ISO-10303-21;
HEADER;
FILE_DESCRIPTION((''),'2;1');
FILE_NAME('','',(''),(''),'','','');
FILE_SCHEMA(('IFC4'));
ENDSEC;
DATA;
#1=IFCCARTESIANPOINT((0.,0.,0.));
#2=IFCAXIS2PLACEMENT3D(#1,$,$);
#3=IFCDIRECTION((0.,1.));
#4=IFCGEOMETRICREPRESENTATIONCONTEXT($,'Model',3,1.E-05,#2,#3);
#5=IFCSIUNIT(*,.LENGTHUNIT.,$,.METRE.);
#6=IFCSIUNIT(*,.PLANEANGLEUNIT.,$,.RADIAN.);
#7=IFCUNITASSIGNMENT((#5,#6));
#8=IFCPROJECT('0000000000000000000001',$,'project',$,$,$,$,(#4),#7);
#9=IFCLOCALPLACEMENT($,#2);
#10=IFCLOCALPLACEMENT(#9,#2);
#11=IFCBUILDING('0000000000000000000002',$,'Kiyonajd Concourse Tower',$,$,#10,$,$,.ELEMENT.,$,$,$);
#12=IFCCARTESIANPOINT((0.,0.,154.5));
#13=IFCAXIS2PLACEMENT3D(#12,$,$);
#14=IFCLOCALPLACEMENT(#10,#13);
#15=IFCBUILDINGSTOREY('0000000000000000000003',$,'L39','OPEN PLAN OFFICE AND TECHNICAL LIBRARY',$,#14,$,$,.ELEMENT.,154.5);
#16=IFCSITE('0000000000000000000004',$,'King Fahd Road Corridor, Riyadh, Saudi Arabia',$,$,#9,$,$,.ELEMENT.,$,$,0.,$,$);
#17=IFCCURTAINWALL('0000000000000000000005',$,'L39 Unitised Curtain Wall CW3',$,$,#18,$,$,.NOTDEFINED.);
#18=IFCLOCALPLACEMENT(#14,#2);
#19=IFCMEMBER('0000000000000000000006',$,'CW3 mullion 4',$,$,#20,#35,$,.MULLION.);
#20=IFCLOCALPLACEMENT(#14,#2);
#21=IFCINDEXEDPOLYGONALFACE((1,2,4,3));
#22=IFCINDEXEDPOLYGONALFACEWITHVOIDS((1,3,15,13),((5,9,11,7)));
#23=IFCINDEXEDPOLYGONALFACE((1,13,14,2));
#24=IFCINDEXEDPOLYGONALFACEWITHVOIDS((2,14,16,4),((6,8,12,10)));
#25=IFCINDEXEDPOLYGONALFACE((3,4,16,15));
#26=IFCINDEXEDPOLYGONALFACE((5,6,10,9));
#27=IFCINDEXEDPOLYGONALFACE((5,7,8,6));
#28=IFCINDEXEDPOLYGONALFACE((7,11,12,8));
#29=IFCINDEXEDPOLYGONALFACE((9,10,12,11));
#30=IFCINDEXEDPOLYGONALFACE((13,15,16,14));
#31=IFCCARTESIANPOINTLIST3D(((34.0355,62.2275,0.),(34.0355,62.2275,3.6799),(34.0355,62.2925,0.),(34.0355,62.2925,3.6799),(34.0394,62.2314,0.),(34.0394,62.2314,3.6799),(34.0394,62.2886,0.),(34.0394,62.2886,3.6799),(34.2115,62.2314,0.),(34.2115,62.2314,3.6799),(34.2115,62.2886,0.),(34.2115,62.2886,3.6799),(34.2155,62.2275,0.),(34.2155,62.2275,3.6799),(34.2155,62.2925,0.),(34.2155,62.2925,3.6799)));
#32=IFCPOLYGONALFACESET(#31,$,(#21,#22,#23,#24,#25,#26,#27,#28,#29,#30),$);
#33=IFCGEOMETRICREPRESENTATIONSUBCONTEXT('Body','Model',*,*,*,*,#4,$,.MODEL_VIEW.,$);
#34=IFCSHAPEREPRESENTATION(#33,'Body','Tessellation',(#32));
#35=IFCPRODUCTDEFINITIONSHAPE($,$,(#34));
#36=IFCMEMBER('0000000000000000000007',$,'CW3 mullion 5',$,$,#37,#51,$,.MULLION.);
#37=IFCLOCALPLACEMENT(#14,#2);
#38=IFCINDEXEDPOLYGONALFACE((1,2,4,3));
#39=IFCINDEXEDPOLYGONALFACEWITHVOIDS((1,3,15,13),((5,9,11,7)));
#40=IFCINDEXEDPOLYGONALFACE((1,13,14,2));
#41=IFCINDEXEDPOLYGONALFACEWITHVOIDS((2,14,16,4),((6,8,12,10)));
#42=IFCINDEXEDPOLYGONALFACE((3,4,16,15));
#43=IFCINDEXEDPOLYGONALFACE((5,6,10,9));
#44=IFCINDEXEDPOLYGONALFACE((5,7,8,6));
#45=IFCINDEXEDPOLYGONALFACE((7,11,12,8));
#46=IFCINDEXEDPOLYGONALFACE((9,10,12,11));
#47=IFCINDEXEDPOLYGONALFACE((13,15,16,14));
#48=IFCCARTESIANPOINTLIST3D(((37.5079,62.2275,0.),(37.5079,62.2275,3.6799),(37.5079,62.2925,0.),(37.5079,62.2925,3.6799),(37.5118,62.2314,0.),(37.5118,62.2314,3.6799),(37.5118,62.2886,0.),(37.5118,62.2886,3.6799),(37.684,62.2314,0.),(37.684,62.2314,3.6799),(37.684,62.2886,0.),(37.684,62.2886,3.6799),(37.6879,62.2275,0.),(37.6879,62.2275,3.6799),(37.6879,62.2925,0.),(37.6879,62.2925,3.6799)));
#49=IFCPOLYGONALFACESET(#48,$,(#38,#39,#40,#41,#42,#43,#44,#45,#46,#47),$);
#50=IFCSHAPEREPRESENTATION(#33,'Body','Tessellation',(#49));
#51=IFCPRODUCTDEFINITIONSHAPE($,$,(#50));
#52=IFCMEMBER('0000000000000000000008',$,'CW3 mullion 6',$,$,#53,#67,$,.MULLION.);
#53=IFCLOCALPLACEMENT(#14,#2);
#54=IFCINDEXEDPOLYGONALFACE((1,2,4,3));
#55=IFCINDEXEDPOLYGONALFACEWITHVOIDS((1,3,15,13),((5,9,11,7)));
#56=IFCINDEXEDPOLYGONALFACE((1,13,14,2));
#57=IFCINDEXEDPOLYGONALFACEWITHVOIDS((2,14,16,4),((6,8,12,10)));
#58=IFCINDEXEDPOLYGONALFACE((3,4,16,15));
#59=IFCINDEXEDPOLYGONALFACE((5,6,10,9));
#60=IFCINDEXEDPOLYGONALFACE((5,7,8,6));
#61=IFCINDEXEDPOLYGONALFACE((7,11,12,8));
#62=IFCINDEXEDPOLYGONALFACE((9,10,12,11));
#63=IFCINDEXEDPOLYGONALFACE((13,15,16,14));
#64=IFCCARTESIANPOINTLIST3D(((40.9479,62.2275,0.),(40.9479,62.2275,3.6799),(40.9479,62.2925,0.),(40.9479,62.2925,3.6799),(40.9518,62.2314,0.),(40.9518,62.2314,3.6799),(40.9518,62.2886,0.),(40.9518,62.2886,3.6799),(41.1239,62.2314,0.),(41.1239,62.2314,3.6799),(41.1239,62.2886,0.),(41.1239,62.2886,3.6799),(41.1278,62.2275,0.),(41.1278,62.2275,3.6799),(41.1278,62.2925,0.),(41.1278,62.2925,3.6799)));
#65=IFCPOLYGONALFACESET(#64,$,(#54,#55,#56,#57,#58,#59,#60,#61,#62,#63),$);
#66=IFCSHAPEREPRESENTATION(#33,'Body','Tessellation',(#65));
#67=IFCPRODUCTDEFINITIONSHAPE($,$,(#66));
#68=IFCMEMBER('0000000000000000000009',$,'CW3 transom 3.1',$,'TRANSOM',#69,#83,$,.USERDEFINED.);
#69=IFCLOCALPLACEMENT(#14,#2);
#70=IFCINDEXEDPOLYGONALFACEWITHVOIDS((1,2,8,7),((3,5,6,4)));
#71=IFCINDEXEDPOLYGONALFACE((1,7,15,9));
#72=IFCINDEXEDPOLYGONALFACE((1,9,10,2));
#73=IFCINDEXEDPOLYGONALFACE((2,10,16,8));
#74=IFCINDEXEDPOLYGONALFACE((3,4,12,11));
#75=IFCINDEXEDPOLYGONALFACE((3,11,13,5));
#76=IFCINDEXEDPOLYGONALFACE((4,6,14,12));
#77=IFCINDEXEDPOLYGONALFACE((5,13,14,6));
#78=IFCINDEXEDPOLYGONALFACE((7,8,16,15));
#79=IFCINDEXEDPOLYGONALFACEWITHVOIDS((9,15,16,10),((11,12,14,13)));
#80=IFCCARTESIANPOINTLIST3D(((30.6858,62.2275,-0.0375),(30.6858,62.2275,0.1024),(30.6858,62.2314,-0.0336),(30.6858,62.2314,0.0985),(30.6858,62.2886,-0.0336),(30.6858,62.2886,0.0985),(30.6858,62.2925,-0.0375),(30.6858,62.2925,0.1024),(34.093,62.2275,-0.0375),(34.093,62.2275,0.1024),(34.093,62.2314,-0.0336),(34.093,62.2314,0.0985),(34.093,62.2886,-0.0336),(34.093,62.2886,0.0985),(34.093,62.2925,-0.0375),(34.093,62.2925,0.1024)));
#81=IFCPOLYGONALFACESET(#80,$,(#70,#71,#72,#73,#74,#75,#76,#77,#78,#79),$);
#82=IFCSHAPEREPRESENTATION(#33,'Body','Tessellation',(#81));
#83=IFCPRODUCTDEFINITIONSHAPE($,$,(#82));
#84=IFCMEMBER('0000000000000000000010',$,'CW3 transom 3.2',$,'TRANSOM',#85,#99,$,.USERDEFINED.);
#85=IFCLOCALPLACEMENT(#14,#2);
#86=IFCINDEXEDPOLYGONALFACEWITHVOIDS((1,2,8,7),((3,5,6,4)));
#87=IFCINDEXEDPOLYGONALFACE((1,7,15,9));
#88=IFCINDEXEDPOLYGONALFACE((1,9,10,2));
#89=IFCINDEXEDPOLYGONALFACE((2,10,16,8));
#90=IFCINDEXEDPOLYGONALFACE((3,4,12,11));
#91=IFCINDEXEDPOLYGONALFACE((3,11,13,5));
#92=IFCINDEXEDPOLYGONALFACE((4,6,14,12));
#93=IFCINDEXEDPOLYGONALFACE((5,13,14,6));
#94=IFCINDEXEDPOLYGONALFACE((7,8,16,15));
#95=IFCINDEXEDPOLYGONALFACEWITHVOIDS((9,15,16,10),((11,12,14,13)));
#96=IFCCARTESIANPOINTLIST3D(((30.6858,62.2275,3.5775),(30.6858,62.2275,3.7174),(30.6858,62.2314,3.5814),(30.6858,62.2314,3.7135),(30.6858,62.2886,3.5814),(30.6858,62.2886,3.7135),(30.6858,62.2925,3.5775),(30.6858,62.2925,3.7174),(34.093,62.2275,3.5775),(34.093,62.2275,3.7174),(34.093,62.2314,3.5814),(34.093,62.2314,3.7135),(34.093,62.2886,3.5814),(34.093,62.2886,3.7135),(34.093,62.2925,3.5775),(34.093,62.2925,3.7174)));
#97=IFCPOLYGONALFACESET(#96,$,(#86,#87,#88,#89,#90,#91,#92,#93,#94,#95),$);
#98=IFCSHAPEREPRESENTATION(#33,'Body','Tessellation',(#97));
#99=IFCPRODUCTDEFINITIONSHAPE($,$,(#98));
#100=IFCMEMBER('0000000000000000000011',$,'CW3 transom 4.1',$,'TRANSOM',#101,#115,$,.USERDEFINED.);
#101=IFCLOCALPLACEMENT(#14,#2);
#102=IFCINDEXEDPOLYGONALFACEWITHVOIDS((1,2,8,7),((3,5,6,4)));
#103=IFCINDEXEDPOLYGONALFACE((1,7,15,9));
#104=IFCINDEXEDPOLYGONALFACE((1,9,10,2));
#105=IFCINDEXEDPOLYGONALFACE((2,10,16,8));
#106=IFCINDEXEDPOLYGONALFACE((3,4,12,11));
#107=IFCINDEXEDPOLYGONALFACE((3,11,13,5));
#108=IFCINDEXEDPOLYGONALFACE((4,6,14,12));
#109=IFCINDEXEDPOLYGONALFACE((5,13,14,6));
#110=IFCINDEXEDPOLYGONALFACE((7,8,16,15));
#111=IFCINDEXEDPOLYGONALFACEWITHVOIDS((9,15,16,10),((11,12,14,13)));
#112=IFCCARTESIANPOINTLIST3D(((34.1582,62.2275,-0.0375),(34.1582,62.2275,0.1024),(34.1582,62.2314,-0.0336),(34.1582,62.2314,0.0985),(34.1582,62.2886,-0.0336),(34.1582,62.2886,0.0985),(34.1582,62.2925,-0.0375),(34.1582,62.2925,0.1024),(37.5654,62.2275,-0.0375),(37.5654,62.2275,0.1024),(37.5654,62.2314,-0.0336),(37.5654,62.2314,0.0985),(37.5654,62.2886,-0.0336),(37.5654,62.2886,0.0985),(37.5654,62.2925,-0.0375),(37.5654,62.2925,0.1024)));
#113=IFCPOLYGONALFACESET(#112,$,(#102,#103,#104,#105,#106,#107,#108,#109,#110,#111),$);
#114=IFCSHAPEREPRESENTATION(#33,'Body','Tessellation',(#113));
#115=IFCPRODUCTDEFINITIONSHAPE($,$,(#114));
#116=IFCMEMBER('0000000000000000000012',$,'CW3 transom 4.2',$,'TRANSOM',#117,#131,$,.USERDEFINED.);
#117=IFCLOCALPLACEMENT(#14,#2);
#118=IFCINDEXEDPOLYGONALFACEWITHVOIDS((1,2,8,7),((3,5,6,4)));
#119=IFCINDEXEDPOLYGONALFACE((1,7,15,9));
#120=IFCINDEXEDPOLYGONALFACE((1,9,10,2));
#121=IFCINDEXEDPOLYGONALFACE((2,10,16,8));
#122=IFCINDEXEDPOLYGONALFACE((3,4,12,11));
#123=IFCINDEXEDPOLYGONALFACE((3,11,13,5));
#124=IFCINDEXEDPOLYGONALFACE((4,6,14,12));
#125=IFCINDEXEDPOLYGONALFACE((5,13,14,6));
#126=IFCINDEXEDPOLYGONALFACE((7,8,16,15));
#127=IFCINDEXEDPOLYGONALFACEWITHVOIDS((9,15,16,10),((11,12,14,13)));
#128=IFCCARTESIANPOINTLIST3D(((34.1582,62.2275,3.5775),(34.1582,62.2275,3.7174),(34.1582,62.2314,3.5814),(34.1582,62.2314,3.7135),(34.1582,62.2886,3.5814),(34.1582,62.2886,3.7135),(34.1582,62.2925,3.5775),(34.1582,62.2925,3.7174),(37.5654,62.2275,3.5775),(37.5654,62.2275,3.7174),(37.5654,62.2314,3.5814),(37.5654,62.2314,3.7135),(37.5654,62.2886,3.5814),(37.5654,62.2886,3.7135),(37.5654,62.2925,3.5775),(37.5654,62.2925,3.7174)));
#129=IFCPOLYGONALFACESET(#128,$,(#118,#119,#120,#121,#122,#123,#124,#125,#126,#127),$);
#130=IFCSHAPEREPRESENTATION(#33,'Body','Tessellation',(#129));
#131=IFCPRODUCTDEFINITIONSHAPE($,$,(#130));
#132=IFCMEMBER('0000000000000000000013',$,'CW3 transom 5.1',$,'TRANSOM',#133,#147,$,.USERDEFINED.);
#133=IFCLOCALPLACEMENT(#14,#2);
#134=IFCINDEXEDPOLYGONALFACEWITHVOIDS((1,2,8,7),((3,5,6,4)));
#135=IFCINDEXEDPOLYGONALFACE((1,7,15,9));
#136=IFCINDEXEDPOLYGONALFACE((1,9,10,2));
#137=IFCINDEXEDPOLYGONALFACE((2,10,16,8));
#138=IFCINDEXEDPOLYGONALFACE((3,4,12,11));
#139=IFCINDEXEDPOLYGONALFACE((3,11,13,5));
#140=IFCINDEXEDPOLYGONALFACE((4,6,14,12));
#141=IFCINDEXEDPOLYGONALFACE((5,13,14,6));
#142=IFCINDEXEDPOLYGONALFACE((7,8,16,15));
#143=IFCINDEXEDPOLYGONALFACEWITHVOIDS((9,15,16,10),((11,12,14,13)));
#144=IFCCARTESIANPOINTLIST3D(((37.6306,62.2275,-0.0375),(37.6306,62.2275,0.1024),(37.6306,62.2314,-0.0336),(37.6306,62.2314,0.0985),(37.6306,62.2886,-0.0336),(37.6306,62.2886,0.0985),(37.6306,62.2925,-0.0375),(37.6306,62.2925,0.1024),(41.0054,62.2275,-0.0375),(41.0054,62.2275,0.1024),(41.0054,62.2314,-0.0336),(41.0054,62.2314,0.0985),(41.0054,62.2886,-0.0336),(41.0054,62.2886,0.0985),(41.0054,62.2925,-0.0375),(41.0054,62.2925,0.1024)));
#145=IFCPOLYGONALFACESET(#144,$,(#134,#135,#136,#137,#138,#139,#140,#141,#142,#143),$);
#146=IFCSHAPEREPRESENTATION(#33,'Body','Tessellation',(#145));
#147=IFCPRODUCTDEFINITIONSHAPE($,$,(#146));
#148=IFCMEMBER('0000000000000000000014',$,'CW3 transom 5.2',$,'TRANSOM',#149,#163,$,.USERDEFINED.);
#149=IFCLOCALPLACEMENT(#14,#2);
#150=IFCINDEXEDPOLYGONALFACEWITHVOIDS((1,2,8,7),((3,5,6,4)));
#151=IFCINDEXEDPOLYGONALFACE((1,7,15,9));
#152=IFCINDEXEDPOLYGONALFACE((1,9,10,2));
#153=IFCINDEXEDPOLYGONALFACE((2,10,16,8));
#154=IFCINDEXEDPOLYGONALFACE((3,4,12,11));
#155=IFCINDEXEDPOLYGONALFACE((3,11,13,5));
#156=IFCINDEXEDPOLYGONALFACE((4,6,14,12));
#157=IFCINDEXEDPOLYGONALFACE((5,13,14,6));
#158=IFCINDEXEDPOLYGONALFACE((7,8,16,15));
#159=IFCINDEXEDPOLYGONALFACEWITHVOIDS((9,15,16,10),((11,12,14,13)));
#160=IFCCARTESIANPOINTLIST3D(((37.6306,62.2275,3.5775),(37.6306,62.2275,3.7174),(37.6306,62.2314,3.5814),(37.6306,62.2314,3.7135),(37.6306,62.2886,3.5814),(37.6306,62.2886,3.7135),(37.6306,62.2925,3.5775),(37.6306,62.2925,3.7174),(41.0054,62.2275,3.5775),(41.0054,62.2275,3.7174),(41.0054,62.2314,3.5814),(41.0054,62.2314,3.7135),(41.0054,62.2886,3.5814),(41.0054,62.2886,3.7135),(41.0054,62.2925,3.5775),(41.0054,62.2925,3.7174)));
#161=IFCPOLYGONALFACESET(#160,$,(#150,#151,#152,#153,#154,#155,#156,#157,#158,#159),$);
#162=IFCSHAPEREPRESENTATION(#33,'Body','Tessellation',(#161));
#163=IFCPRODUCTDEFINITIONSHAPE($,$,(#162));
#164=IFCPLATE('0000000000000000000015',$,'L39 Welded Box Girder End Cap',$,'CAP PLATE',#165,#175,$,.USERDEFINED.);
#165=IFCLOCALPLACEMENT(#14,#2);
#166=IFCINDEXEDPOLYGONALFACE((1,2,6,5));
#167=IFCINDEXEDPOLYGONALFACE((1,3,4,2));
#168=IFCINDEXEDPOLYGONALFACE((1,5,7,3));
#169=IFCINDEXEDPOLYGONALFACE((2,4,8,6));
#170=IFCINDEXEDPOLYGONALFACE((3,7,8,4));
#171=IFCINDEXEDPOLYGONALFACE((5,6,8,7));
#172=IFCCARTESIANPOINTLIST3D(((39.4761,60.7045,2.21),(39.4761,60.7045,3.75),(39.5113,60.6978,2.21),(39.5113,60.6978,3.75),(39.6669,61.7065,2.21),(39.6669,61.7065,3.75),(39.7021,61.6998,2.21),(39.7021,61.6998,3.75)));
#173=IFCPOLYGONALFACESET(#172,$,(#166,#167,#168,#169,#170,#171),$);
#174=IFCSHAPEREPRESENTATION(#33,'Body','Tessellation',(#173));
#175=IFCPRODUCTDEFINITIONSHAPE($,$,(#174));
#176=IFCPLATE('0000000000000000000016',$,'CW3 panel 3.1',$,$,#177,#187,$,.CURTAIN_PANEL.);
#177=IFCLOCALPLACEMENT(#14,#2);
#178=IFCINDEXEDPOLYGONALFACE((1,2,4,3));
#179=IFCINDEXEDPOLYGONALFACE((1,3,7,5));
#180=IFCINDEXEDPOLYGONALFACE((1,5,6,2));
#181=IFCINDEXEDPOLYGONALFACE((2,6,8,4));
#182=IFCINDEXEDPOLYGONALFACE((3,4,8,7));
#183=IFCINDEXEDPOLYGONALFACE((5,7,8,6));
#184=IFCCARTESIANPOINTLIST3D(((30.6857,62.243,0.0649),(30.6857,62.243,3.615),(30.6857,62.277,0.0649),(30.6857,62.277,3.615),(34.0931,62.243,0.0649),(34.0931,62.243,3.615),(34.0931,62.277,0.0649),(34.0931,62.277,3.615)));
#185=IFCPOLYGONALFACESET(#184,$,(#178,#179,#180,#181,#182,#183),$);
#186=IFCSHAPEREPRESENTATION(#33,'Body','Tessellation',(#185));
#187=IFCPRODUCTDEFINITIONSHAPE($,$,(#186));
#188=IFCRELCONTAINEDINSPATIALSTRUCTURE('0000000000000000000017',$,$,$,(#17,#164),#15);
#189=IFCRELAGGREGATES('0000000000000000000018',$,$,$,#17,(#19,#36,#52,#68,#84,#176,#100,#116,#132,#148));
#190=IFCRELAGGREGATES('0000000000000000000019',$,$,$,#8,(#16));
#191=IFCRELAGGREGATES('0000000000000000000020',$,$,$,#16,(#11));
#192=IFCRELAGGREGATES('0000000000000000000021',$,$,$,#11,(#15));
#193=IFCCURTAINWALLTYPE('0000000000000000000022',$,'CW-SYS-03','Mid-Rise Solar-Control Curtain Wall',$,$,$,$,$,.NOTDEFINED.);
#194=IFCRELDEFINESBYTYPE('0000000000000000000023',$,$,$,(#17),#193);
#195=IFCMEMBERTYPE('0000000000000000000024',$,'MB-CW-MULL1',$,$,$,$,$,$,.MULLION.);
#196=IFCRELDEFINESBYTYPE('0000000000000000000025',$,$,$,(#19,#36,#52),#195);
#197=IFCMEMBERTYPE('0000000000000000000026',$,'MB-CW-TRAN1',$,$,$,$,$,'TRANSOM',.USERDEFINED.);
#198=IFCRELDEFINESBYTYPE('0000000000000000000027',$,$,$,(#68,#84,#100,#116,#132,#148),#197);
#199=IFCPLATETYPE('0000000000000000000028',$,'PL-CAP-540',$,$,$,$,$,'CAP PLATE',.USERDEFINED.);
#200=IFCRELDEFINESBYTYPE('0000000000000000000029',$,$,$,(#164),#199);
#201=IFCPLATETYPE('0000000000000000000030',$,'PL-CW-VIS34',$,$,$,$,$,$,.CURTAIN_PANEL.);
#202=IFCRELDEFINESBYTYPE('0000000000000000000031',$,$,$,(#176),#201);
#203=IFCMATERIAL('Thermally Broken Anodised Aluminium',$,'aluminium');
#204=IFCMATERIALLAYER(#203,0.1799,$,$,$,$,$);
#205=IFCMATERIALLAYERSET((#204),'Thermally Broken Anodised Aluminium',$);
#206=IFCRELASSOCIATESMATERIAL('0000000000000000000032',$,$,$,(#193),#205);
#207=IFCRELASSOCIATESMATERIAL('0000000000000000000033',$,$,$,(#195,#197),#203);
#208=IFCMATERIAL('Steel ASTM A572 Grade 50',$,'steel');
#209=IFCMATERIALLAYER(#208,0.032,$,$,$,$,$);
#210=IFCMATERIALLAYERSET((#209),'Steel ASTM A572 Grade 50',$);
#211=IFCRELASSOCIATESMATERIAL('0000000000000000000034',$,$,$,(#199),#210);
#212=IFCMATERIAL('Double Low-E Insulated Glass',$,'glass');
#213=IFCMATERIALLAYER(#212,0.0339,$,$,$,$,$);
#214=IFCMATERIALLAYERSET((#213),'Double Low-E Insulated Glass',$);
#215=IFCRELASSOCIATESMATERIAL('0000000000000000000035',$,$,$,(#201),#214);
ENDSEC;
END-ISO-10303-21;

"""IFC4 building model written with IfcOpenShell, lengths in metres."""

from ifc_helpers import new_model, si_unit, direction, frame, origin, origin_2d, place, context, subcontext, project, spatial, rectangle, hollow_rectangle, extrude, material, layer, layer_set, material_profile, profile_set, type_object, element, aggregate, save


model = new_model("IFC4")

# Units and contexts
model_context = context("Model", 3, precision=1e-05, world=origin(), true_north=direction((0.0, 1.0)))
body_context = subcontext(model_context, "Body", "Model", "MODEL_VIEW")
ifc_project = project(units=[si_unit("LENGTHUNIT", "METRE"), si_unit("PLANEANGLEUNIT", "RADIAN")], contexts=[model_context])

# Site, building, storey
site_placement = place(None, origin())
site = spatial("IfcSite", under=ifc_project, at=site_placement, Name="King Fahd Road Corridor, Riyadh, Saudi Arabia", CompositionType="ELEMENT", RefElevation=0.0)
building_placement = place(site_placement, origin())
building = spatial("IfcBuilding", under=site, at=building_placement, Name="Kiyonajd Concourse Tower", CompositionType="ELEMENT")
storey_placement = place(building_placement, frame((0.0, 0.0, 154.5)))
storey = spatial("IfcBuildingStorey", under=building, at=storey_placement, Name="L39", Description="OPEN PLAN OFFICE AND TECHNICAL LIBRARY", CompositionType="ELEMENT", Elevation=154.5)

# Curtain wall, members
ifc_material_1 = material(Name="Thermally Broken Anodised Aluminium", Category="aluminium")
ifc_layer_1 = layer(ifc_material_1, 0.1799)
ifc_layer_set_1 = layer_set([ifc_layer_1], Name="Thermally Broken Anodised Aluminium")
curtain_wall_type = type_object("IfcCurtainWallType", Name="CW-SYS-03", Description="Mid-Rise Solar-Control Curtain Wall", PredefinedType="NOTDEFINED", material=ifc_layer_set_1)
curtain_wall_placement = place(storey_placement, origin())
curtain_wall = element("IfcCurtainWall", 1, at=curtain_wall_placement, inside=storey, type_object=curtain_wall_type, Name="L39 Unitised Curtain Wall CW3", PredefinedType="NOTDEFINED")
ifc_material_profile_1 = material_profile(ifc_material_1, hollow_rectangle(XDim=0.0649, YDim=0.1799, WallThickness=0.0039, at=origin_2d()), Name="MULL-65x180")
ifc_profile_set_1 = profile_set([ifc_material_profile_1], Name="Thermally Broken Anodised Aluminium")
member_type_1 = type_object("IfcMemberType", Name="MB-CW-MULL1", PredefinedType="MULLION", material=ifc_profile_set_1)
member_1_placement = place(storey_placement, frame((34.1255, 62.26, 0.0), z_axis=(0.0, 0.0, 1.0), x_axis=(0.0, 1.0, 0.0)))
member_1 = element("IfcMember", 2, at=member_1_placement, type_object=member_type_1, Name="CW3 mullion 4", PredefinedType="MULLION", context=body_context, shape_type="SweptSolid", body=[
    extrude(hollow_rectangle(XDim=0.0649, YDim=0.1799, WallThickness=0.0039, at=origin_2d()), origin(), (0.0, 0.0, 1.0), 3.6799),
])
member_2_placement = place(storey_placement, frame((37.5979, 62.26, 0.0), z_axis=(0.0, 0.0, 1.0), x_axis=(0.0, 1.0, 0.0)))
member_2 = element("IfcMember", 3, at=member_2_placement, type_object=member_type_1, Name="CW3 mullion 5", PredefinedType="MULLION", context=body_context, shape_type="SweptSolid", body=[
    extrude(hollow_rectangle(XDim=0.0649, YDim=0.1799, WallThickness=0.0039, at=origin_2d()), origin(), (0.0, 0.0, 1.0), 3.6799),
])
member_3_placement = place(storey_placement, frame((41.0378, 62.26, 0.0), z_axis=(0.0, 0.0, 1.0), x_axis=(0.0, 1.0, 0.0)))
member_3 = element("IfcMember", 4, at=member_3_placement, type_object=member_type_1, Name="CW3 mullion 6", PredefinedType="MULLION", context=body_context, shape_type="SweptSolid", body=[
    extrude(hollow_rectangle(XDim=0.0649, YDim=0.1799, WallThickness=0.0039, at=origin_2d()), origin(), (0.0, 0.0, 1.0), 3.6799),
])
ifc_material_profile_2 = material_profile(ifc_material_1, hollow_rectangle(XDim=0.0649, YDim=0.1399, WallThickness=0.0039, at=origin_2d()), Name="TRAN-65x140")
ifc_profile_set_2 = profile_set([ifc_material_profile_2], Name="Thermally Broken Anodised Aluminium")
member_type_2 = type_object("IfcMemberType", Name="MB-CW-TRAN1", ElementType="TRANSOM", PredefinedType="USERDEFINED", material=ifc_profile_set_2)
member_4_placement = place(storey_placement, frame((30.6858, 62.26, 0.0325), z_axis=(1.0, 0.0, 0.0), x_axis=(0.0, 1.0, 0.0)))
member_4 = element("IfcMember", 5, at=member_4_placement, type_object=member_type_2, Name="CW3 transom 3.1", ObjectType="TRANSOM", PredefinedType="USERDEFINED", context=body_context, shape_type="SweptSolid", body=[
    extrude(hollow_rectangle(XDim=0.0649, YDim=0.1399, WallThickness=0.0039, at=origin_2d()), origin(), (0.0, 0.0, 1.0), 3.4072),
])
member_5_placement = place(storey_placement, frame((30.6858, 62.26, 3.6475), z_axis=(1.0, 0.0, 0.0), x_axis=(0.0, 1.0, 0.0)))
member_5 = element("IfcMember", 6, at=member_5_placement, type_object=member_type_2, Name="CW3 transom 3.2", ObjectType="TRANSOM", PredefinedType="USERDEFINED", context=body_context, shape_type="SweptSolid", body=[
    extrude(hollow_rectangle(XDim=0.0649, YDim=0.1399, WallThickness=0.0039, at=origin_2d()), origin(), (0.0, 0.0, 1.0), 3.4072),
])
member_6_placement = place(storey_placement, frame((34.1582, 62.26, 0.0325), z_axis=(1.0, 0.0, 0.0), x_axis=(0.0, 1.0, 0.0)))
member_6 = element("IfcMember", 7, at=member_6_placement, type_object=member_type_2, Name="CW3 transom 4.1", ObjectType="TRANSOM", PredefinedType="USERDEFINED", context=body_context, shape_type="SweptSolid", body=[
    extrude(hollow_rectangle(XDim=0.0649, YDim=0.1399, WallThickness=0.0039, at=origin_2d()), origin(), (0.0, 0.0, 1.0), 3.4072),
])
member_7_placement = place(storey_placement, frame((34.1582, 62.26, 3.6475), z_axis=(1.0, 0.0, 0.0), x_axis=(0.0, 1.0, 0.0)))
member_7 = element("IfcMember", 8, at=member_7_placement, type_object=member_type_2, Name="CW3 transom 4.2", ObjectType="TRANSOM", PredefinedType="USERDEFINED", context=body_context, shape_type="SweptSolid", body=[
    extrude(hollow_rectangle(XDim=0.0649, YDim=0.1399, WallThickness=0.0039, at=origin_2d()), origin(), (0.0, 0.0, 1.0), 3.4072),
])
member_8_placement = place(storey_placement, frame((37.6306, 62.26, 0.0325), z_axis=(1.0, 0.0, 0.0), x_axis=(0.0, 1.0, 0.0)))
member_8 = element("IfcMember", 9, at=member_8_placement, type_object=member_type_2, Name="CW3 transom 5.1", ObjectType="TRANSOM", PredefinedType="USERDEFINED", context=body_context, shape_type="SweptSolid", body=[
    extrude(hollow_rectangle(XDim=0.0649, YDim=0.1399, WallThickness=0.0039, at=origin_2d()), origin(), (0.0, 0.0, 1.0), 3.3748),
])
member_9_placement = place(storey_placement, frame((37.6306, 62.26, 3.6475), z_axis=(1.0, 0.0, 0.0), x_axis=(0.0, 1.0, 0.0)))
member_9 = element("IfcMember", 10, at=member_9_placement, type_object=member_type_2, Name="CW3 transom 5.2", ObjectType="TRANSOM", PredefinedType="USERDEFINED", context=body_context, shape_type="SweptSolid", body=[
    extrude(hollow_rectangle(XDim=0.0649, YDim=0.1399, WallThickness=0.0039, at=origin_2d()), origin(), (0.0, 0.0, 1.0), 3.3748),
])

# Plates
ifc_material_2 = material(Name="Steel ASTM A572 Grade 50", Category="steel")
ifc_layer_2 = layer(ifc_material_2, 0.032)
ifc_layer_set_2 = layer_set([ifc_layer_2], Name="Steel ASTM A572 Grade 50")
plate_type_1 = type_object("IfcPlateType", Name="PL-CAP-540", ElementType="CAP PLATE", PredefinedType="USERDEFINED", material=ifc_layer_set_2)
plate_1_placement = place(storey_placement, frame((39.5891, 61.2021, 2.21), z_axis=(0.0, 0.0, 1.0), x_axis=(-0.982353, 0.187038, 0.0)))
element("IfcPlate", 11, at=plate_1_placement, inside=storey, type_object=plate_type_1, Name="L39 Welded Box Girder End Cap", ObjectType="CAP PLATE", PredefinedType="USERDEFINED", context=body_context, shape_type="SweptSolid", body=[
    extrude(rectangle(XDim=0.0359, YDim=1.02, at=origin_2d()), origin(), (0.0, 0.0, 1.0), 1.54),
])
ifc_material_3 = material(Name="Double Low-E Insulated Glass", Category="glass")
ifc_layer_3 = layer(ifc_material_3, 0.0339)
ifc_layer_set_3 = layer_set([ifc_layer_3], Name="Double Low-E Insulated Glass")
plate_type_2 = type_object("IfcPlateType", Name="PL-CW-VIS34", PredefinedType="CURTAIN_PANEL", material=ifc_layer_set_3)
plate_2_placement = place(storey_placement, frame((32.3894, 62.26, 0.0649), z_axis=(0.0, 0.0, 1.0), x_axis=(1.0, 0.0, 0.0)))
plate_2 = element("IfcPlate", 12, at=plate_2_placement, type_object=plate_type_2, Name="CW3 panel 3.1", PredefinedType="CURTAIN_PANEL", context=body_context, shape_type="SweptSolid", body=[
    extrude(rectangle(XDim=3.4075, YDim=0.0339, at=origin_2d()), origin(), (0.0, 0.0, 1.0), 3.55),
])
aggregate(curtain_wall, [member_1, member_2, member_3, member_4, member_5, plate_2, member_6, member_7, member_8, member_9])

save(model, "model.ifc")
